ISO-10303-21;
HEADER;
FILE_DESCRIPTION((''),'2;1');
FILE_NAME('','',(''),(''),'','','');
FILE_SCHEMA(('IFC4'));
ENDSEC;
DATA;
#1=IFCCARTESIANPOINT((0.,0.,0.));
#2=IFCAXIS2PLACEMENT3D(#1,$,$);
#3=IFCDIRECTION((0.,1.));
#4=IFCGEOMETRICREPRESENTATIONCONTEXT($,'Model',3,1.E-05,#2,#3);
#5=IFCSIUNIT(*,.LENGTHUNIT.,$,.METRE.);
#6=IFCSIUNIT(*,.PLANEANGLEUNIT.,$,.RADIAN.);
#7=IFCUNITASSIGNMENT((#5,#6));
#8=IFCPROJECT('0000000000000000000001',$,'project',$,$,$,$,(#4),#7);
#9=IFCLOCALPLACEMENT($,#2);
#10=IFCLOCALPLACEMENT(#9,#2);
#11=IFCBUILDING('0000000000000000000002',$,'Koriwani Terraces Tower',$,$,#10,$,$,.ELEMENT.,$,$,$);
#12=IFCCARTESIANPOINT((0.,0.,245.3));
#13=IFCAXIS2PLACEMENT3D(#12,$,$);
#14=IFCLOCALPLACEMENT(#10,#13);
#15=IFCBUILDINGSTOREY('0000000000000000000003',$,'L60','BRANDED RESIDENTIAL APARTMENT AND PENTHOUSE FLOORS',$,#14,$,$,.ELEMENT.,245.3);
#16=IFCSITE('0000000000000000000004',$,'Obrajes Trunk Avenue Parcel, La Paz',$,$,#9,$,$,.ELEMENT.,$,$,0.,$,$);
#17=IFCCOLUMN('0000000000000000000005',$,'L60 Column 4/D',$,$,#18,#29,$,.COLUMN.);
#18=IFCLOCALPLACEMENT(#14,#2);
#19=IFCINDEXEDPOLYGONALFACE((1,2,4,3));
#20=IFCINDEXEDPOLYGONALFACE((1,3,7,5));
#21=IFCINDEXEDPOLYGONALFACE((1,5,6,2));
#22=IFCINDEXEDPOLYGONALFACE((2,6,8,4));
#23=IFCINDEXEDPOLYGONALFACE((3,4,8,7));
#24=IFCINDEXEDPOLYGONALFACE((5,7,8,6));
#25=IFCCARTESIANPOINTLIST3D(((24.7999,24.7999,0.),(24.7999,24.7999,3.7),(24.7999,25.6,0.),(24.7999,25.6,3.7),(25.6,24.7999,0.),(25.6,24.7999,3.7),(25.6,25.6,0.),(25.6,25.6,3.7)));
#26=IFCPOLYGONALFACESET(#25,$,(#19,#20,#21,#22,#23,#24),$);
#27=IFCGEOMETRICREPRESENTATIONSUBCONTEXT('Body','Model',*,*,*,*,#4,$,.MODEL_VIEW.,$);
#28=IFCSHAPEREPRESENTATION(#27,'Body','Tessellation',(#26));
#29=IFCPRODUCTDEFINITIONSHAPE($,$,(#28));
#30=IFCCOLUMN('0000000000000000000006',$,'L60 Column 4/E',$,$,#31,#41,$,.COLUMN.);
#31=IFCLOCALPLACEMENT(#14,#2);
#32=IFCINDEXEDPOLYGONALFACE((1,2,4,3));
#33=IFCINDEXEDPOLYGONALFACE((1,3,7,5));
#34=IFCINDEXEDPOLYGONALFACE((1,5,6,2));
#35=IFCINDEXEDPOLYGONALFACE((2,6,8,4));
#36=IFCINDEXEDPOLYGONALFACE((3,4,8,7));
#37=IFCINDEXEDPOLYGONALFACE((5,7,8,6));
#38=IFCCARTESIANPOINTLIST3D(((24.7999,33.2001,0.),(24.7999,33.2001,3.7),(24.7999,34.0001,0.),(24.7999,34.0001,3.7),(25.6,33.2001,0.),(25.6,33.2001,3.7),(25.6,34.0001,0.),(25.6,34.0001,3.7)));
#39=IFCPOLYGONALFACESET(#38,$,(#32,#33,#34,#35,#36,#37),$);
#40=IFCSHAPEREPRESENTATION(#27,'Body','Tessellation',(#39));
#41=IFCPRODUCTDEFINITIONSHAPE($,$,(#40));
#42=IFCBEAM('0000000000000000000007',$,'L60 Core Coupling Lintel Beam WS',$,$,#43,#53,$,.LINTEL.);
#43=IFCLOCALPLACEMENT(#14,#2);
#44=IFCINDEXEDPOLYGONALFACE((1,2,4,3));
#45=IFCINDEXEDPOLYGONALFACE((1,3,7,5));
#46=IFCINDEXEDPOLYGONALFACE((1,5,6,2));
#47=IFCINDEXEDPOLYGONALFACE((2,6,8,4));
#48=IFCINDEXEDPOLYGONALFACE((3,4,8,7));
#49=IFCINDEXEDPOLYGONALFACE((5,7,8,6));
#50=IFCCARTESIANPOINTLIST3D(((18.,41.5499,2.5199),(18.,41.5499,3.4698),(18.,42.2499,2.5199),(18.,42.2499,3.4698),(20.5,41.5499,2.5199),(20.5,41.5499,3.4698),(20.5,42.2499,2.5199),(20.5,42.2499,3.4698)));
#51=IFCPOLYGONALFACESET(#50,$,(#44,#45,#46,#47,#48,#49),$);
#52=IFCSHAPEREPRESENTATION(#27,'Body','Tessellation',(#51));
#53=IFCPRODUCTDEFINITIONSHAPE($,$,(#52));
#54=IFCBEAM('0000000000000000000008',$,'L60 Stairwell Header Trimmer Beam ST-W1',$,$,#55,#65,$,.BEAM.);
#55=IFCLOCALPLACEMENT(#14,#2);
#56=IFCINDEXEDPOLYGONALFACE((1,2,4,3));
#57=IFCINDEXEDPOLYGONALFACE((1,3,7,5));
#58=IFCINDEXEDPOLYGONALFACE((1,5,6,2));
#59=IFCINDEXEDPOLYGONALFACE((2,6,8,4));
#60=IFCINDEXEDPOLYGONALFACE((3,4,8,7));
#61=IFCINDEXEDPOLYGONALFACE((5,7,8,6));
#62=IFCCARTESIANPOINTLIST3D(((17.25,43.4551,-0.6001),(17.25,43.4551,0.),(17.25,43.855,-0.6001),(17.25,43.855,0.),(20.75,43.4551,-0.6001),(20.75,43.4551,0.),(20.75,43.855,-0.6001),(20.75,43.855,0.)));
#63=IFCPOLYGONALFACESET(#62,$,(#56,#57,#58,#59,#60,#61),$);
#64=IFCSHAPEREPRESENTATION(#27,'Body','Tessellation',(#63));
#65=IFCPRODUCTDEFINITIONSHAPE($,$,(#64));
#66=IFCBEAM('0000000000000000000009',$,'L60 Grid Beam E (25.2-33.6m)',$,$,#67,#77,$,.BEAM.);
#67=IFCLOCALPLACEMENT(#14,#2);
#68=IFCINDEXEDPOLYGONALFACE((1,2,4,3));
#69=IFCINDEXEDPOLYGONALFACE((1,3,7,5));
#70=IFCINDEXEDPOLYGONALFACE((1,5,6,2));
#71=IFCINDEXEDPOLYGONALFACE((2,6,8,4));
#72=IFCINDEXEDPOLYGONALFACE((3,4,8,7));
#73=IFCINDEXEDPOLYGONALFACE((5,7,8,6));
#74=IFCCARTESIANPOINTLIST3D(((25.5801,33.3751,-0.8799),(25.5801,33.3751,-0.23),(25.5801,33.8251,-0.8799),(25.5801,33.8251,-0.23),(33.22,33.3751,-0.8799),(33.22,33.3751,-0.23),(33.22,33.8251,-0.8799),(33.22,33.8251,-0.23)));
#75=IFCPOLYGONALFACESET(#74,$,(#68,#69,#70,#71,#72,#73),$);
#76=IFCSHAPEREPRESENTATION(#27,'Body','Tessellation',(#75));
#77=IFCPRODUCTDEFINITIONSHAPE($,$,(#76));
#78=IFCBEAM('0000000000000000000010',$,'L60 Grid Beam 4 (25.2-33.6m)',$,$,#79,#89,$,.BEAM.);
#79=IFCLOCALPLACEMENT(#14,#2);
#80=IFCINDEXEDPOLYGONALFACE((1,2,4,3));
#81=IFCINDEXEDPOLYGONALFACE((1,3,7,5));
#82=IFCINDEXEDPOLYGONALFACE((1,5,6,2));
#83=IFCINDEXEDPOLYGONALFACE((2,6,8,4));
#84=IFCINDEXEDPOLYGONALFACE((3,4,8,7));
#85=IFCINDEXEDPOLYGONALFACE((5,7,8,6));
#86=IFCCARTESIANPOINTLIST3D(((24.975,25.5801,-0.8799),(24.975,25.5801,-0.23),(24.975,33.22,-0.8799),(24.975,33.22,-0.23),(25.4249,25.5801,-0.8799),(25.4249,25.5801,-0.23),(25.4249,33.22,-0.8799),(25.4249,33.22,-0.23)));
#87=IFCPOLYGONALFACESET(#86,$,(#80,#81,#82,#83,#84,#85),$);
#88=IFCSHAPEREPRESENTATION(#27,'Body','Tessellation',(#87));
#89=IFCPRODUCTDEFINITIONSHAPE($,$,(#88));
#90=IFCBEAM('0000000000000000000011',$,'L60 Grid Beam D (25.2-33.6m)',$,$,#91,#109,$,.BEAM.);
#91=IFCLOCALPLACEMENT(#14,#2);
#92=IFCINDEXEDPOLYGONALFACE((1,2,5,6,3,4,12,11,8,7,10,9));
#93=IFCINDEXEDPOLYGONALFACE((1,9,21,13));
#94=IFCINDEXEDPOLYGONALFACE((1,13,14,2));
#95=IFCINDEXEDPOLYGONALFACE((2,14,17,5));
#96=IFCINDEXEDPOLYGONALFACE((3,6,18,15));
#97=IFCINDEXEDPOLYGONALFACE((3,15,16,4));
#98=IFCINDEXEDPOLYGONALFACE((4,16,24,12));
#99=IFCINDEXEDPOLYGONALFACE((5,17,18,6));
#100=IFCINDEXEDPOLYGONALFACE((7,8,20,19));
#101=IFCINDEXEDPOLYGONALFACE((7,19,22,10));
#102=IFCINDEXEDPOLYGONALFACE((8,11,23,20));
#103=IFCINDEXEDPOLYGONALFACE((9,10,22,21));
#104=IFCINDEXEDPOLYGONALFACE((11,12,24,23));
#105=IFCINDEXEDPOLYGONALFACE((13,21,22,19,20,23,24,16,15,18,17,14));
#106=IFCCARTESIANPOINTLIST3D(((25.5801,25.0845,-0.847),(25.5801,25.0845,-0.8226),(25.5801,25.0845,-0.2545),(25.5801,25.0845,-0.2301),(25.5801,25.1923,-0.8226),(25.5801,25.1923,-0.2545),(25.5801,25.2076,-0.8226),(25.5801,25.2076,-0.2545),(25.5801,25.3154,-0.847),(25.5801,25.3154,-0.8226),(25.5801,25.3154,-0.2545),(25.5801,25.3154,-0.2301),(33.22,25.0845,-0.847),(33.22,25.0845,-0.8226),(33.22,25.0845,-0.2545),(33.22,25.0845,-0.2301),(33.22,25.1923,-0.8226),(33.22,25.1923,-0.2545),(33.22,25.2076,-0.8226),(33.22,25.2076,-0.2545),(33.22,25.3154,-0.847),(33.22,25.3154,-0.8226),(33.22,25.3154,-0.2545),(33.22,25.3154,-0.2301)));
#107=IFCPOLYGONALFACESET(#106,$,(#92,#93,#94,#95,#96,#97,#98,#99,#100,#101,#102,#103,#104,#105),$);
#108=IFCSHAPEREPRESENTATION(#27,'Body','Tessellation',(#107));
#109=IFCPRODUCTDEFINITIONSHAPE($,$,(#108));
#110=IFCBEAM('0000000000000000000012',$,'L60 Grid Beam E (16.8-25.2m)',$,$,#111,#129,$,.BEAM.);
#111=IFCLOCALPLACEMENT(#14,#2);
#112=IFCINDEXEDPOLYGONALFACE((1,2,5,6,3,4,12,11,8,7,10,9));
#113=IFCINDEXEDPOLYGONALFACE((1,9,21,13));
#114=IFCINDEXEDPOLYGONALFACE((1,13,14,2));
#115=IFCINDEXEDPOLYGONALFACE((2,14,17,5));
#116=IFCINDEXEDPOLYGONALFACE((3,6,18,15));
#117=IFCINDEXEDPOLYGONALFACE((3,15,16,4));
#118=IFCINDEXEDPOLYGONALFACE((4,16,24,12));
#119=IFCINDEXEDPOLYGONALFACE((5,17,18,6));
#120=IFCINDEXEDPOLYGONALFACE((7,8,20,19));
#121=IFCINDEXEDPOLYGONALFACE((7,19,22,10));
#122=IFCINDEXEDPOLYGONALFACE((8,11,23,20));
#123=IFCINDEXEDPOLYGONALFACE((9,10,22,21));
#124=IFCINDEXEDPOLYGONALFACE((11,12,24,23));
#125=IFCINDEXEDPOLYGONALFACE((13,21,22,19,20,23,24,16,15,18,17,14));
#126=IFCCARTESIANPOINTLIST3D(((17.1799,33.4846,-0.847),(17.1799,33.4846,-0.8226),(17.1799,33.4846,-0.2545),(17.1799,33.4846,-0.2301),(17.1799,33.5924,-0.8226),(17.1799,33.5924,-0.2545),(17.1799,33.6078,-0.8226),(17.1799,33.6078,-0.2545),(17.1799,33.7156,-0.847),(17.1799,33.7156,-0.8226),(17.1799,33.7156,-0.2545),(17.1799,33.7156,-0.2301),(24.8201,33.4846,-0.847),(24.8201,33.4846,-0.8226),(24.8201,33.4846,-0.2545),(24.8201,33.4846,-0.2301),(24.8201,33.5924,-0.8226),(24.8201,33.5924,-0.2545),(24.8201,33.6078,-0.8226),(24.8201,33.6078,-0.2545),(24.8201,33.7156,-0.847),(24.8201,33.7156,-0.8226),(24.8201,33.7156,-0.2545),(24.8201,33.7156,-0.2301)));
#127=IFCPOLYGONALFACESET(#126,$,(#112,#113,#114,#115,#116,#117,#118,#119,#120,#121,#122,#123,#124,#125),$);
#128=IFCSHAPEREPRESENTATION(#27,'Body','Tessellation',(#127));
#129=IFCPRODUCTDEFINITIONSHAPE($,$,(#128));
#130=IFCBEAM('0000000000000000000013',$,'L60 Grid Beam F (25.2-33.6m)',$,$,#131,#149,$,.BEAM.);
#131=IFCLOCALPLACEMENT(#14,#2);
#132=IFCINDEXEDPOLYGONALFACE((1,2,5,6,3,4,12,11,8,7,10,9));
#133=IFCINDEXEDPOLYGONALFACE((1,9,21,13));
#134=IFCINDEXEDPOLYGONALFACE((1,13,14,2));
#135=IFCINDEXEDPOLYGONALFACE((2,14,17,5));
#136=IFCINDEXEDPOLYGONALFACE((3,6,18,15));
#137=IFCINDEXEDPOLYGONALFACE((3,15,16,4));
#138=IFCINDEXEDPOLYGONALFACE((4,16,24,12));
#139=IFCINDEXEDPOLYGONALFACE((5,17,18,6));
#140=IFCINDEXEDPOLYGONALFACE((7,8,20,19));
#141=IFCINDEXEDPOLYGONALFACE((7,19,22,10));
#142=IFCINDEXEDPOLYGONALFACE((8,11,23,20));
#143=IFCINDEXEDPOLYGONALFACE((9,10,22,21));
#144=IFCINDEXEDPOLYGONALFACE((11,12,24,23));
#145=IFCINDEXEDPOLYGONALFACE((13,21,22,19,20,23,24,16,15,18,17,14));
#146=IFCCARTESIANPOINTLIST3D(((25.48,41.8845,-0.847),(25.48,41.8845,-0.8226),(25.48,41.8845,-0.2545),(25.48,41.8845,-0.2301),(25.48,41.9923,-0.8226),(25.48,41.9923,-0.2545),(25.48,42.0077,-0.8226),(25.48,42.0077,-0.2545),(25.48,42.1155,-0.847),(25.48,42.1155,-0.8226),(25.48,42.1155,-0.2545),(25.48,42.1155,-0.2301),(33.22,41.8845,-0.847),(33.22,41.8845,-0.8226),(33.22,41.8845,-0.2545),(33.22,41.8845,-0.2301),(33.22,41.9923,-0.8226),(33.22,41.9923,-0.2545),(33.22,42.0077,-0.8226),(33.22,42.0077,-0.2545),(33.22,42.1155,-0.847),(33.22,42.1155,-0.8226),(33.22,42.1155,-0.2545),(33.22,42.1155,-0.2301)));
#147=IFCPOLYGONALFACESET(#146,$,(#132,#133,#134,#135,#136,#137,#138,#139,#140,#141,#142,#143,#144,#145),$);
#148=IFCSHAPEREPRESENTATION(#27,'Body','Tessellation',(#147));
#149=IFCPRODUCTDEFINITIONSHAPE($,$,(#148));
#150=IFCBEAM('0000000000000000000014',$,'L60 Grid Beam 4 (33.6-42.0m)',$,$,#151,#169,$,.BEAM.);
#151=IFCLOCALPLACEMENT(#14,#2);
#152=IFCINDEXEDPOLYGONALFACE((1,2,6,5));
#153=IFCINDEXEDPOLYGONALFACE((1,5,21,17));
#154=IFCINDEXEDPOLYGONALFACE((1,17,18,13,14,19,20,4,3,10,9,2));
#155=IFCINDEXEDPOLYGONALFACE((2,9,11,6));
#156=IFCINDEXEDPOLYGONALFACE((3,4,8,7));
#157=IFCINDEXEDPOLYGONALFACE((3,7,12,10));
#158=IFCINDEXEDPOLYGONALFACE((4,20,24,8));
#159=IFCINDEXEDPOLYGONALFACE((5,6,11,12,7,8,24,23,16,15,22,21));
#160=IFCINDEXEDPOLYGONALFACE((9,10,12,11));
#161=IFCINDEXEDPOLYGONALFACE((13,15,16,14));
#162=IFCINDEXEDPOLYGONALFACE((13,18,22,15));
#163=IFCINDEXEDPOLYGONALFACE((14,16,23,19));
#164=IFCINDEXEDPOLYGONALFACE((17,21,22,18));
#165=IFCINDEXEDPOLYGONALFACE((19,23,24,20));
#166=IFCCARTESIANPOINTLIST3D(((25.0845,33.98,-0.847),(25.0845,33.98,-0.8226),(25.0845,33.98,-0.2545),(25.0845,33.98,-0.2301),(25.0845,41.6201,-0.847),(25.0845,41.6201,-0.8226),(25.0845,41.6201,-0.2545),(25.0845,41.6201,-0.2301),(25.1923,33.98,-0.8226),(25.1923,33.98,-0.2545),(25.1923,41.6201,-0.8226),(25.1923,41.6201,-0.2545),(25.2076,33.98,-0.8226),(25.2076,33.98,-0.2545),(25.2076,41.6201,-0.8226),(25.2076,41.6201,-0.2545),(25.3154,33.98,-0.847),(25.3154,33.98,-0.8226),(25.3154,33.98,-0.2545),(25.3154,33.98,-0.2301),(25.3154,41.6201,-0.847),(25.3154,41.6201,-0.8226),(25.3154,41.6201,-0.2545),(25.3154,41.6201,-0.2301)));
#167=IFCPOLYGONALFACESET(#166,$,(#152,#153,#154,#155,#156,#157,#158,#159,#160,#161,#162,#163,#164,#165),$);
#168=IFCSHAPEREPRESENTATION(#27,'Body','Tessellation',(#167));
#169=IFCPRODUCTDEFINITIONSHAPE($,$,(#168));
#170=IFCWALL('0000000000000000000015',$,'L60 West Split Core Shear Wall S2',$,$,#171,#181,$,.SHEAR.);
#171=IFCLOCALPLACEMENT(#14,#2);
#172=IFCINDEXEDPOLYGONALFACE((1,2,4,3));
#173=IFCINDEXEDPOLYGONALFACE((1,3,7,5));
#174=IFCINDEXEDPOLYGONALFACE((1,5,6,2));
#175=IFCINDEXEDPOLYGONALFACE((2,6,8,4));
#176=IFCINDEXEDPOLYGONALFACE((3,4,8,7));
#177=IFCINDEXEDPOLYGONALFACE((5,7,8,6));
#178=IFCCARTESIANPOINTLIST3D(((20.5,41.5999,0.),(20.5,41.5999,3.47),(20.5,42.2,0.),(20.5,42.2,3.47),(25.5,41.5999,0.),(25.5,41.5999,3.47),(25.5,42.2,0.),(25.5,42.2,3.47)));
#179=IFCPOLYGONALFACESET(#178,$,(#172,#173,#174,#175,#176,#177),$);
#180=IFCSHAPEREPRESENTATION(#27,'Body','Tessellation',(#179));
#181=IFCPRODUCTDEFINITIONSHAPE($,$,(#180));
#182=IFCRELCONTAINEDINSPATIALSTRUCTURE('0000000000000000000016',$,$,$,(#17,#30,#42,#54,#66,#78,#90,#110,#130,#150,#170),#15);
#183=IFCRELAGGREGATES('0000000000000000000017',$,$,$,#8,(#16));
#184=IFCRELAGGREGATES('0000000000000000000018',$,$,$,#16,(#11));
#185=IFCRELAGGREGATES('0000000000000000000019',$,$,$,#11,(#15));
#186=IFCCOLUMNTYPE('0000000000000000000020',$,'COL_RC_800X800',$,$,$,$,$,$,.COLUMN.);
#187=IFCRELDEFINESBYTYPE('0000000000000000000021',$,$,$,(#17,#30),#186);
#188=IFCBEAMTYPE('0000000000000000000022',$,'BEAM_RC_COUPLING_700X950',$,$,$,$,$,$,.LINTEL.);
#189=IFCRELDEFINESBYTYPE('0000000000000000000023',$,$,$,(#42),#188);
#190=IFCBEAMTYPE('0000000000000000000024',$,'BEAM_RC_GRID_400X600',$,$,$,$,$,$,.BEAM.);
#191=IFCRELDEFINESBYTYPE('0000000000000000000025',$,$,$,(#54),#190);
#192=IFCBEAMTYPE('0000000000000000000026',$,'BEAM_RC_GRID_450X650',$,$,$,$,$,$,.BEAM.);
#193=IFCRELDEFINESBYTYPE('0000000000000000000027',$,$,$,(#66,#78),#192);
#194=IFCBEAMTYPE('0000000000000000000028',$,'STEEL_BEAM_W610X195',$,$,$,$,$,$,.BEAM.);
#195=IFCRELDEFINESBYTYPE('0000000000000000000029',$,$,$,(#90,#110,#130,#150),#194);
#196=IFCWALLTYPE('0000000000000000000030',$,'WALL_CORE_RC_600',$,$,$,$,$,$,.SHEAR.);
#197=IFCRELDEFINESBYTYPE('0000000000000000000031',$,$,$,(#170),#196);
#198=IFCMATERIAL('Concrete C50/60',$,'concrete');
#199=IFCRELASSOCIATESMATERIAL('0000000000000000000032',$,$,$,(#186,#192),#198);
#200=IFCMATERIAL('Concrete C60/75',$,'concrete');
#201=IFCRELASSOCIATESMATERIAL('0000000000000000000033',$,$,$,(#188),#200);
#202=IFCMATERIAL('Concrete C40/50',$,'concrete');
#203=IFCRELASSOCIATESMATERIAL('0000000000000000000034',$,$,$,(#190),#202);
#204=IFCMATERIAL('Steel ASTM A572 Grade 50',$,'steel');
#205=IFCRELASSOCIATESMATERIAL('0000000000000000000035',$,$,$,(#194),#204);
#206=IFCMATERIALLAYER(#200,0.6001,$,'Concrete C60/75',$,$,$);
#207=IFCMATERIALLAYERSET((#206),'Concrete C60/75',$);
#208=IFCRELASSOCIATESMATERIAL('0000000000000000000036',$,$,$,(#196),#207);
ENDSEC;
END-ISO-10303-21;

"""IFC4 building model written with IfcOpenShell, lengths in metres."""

from ifc_helpers import new_model, si_unit, direction, frame, frame_2d, origin, origin_2d, place, context, subcontext, project, spatial, rectangle, i_section, extrude, material, layer, layer_set, material_profile, profile_set, type_object, element, save


model = new_model("IFC4")

# Units and contexts
model_context = context("Model", 3, precision=1e-05, world=origin(), true_north=direction((0.0, 1.0)))
body_context = subcontext(model_context, "Body", "Model", "MODEL_VIEW")
ifc_project = project(units=[si_unit("LENGTHUNIT", "METRE"), si_unit("PLANEANGLEUNIT", "RADIAN")], contexts=[model_context])

# Site, building, storey
site_placement = place(None, origin())
site = spatial("IfcSite", under=ifc_project, at=site_placement, Name="Obrajes Trunk Avenue Parcel, La Paz", CompositionType="ELEMENT", RefElevation=0.0)
building_placement = place(site_placement, origin())
building = spatial("IfcBuilding", under=site, at=building_placement, Name="Koriwani Terraces Tower", CompositionType="ELEMENT")
storey_placement = place(building_placement, frame((0.0, 0.0, 245.3)))
storey = spatial("IfcBuildingStorey", under=building, at=storey_placement, Name="L60", Description="BRANDED RESIDENTIAL APARTMENT AND PENTHOUSE FLOORS", CompositionType="ELEMENT", Elevation=245.3)

# Columns
ifc_material_1 = material(Name="Concrete C50/60", Category="concrete")
ifc_material_profile_1 = material_profile(ifc_material_1, rectangle(XDim=0.8, YDim=0.8, at=origin_2d()), Name="Concrete C50/60", Category="LoadBearing")
ifc_profile_set_1 = profile_set([ifc_material_profile_1], Name="Concrete C50/60")
column_type = type_object("IfcColumnType", Name="COL_RC_800X800", PredefinedType="COLUMN", material=ifc_profile_set_1)
for number, where, z_axis, x_axis, name in (
    (1, (25.2, 25.2, 0.0), (0.0, 0.0, 1.0), (1.0, 0.0, 0.0), "L60 Column 4/D"),
    (2, (25.2, 33.6001, 0.0), (0.0, 0.0, 1.0), (1.0, 0.0, 0.0), "L60 Column 4/E"),
):
    element("IfcColumn", number, at=place(storey_placement, frame(where, z_axis=z_axis, x_axis=x_axis)), inside=storey, type_object=column_type, Name=name, PredefinedType="COLUMN", context=body_context, shape_type="SweptSolid", body=[
        extrude(rectangle(XDim=0.8, YDim=0.8, at=origin_2d()), origin(), (0.0, 0.0, 1.0), 3.7),
    ])

# Beams
ifc_material_2 = material(Name="Concrete C60/75", Category="concrete")
ifc_material_profile_2 = material_profile(ifc_material_2, rectangle(XDim=0.7, YDim=0.95, at=origin_2d()), Name="Concrete C60/75", Category="LoadBearing")
ifc_profile_set_2 = profile_set([ifc_material_profile_2], Name="Concrete C60/75")
beam_type_1 = type_object("IfcBeamType", Name="BEAM_RC_COUPLING_700X950", PredefinedType="LINTEL", material=ifc_profile_set_2)
beam_1_placement = place(storey_placement, frame((18.0, 41.8999, 2.9949), z_axis=(1.0, 0.0, 0.0), x_axis=(0.0, 1.0, 0.0)))
element("IfcBeam", 3, at=beam_1_placement, inside=storey, type_object=beam_type_1, Name="L60 Core Coupling Lintel Beam WS", PredefinedType="LINTEL", context=body_context, shape_type="SweptSolid", body=[
    extrude(rectangle(XDim=0.7, YDim=0.95, at=origin_2d()), origin(), (0.0, 0.0, 1.0), 2.5),
])
ifc_material_3 = material(Name="Concrete C40/50", Category="concrete")
ifc_material_profile_3 = material_profile(ifc_material_3, rectangle(XDim=0.3999, YDim=0.6001, at=origin_2d()), Name="Concrete C40/50", Category="LoadBearing")
ifc_profile_set_3 = profile_set([ifc_material_profile_3], Name="Concrete C40/50")
beam_type_2 = type_object("IfcBeamType", Name="BEAM_RC_GRID_400X600", PredefinedType="BEAM", material=ifc_profile_set_3)
beam_2_placement = place(storey_placement, frame((17.25, 43.655, -0.3), z_axis=(1.0, 0.0, 0.0), x_axis=(0.0, 1.0, 0.0)))
element("IfcBeam", 4, at=beam_2_placement, inside=storey, type_object=beam_type_2, Name="L60 Stairwell Header Trimmer Beam ST-W1", PredefinedType="BEAM", context=body_context, shape_type="SweptSolid", body=[
    extrude(rectangle(XDim=0.3999, YDim=0.6001, at=origin_2d()), origin(), (0.0, 0.0, 1.0), 3.5),
])
ifc_material_profile_4 = material_profile(ifc_material_1, rectangle(XDim=0.45, YDim=0.6499, at=origin_2d()), Name="Concrete C50/60", Category="LoadBearing")
ifc_profile_set_4 = profile_set([ifc_material_profile_4], Name="Concrete C50/60")
beam_type_3 = type_object("IfcBeamType", Name="BEAM_RC_GRID_450X650", PredefinedType="BEAM", material=ifc_profile_set_4)
for number, where, z_axis, x_axis, name in (
    (5, (25.5801, 33.6001, -0.5549), (1.0, 0.0, 0.0), (0.0, 1.0, 0.0), "L60 Grid Beam E (25.2-33.6m)"),
    (6, (25.2, 25.5801, -0.5549), (0.0, 1.0, 0.0), (-1.0, 0.0, 0.0), "L60 Grid Beam 4 (25.2-33.6m)"),
):
    element("IfcBeam", number, at=place(storey_placement, frame(where, z_axis=z_axis, x_axis=x_axis)), inside=storey, type_object=beam_type_3, Name=name, PredefinedType="BEAM", context=body_context, shape_type="SweptSolid", body=[
        extrude(rectangle(XDim=0.45, YDim=0.6499, at=origin_2d()), origin(), (0.0, 0.0, 1.0), 7.6399),
    ])
ifc_material_4 = material(Name="Steel ASTM A572 Grade 50", Category="steel")
ifc_material_profile_5 = material_profile(ifc_material_4, i_section(OverallWidth=0.231, OverallDepth=0.6169, WebThickness=0.0154, FlangeThickness=0.0244, at=origin_2d()), Name="Steel ASTM A572 Grade 50", Category="LoadBearing")
ifc_profile_set_5 = profile_set([ifc_material_profile_5], Name="Steel ASTM A572 Grade 50")
beam_type_4 = type_object("IfcBeamType", Name="STEEL_BEAM_W610X195", PredefinedType="BEAM", material=ifc_profile_set_5)
beam_3_placement = place(storey_placement, frame((25.5801, 25.2, -0.5386), z_axis=(1.0, 0.0, 0.0), x_axis=(0.0, 1.0, 0.0)))
element("IfcBeam", 7, at=beam_3_placement, inside=storey, type_object=beam_type_4, Name="L60 Grid Beam D (25.2-33.6m)", PredefinedType="BEAM", context=body_context, shape_type="SweptSolid", body=[
    extrude(i_section(OverallWidth=0.231, OverallDepth=0.6169, WebThickness=0.0154, FlangeThickness=0.0244, at=origin_2d()), origin(), (0.0, 0.0, 1.0), 7.6399),
])
beam_4_placement = place(storey_placement, frame((17.1799, 33.6001, -0.5386), z_axis=(1.0, 0.0, 0.0), x_axis=(0.0, 1.0, 0.0)))
element("IfcBeam", 8, at=beam_4_placement, inside=storey, type_object=beam_type_4, Name="L60 Grid Beam E (16.8-25.2m)", PredefinedType="BEAM", context=body_context, shape_type="SweptSolid", body=[
    extrude(i_section(OverallWidth=0.231, OverallDepth=0.6169, WebThickness=0.0154, FlangeThickness=0.0244, at=origin_2d()), origin(), (0.0, 0.0, 1.0), 7.6401),
])
beam_5_placement = place(storey_placement, frame((25.48, 42.0, -0.5386), z_axis=(1.0, 0.0, 0.0), x_axis=(0.0, 1.0, 0.0)))
element("IfcBeam", 9, at=beam_5_placement, inside=storey, type_object=beam_type_4, Name="L60 Grid Beam F (25.2-33.6m)", PredefinedType="BEAM", context=body_context, shape_type="SweptSolid", body=[
    extrude(i_section(OverallWidth=0.231, OverallDepth=0.6169, WebThickness=0.0154, FlangeThickness=0.0244, at=origin_2d()), origin(), (0.0, 0.0, 1.0), 7.74),
])
beam_6_placement = place(storey_placement, frame((25.2, 33.98, -0.5386), z_axis=(0.0, 1.0, 0.0), x_axis=(-1.0, 0.0, 0.0)))
element("IfcBeam", 10, at=beam_6_placement, inside=storey, type_object=beam_type_4, Name="L60 Grid Beam 4 (33.6-42.0m)", PredefinedType="BEAM", context=body_context, shape_type="SweptSolid", body=[
    extrude(i_section(OverallWidth=0.231, OverallDepth=0.6169, WebThickness=0.0154, FlangeThickness=0.0244, at=origin_2d()), origin(), (0.0, 0.0, 1.0), 7.6401),
])

# Wall
ifc_layer_1 = layer(ifc_material_2, 0.6001, Name="Concrete C60/75")
ifc_layer_set_1 = layer_set([ifc_layer_1], Name="Concrete C60/75")
wall_type_1 = type_object("IfcWallType", Name="WALL_CORE_RC_600", PredefinedType="SHEAR", material=ifc_layer_set_1)
wall_1_placement = place(storey_placement, frame((20.5, 41.8999, 0.0), z_axis=(0.0, 0.0, 1.0), x_axis=(1.0, 0.0, 0.0)))
element("IfcWall", 11, at=wall_1_placement, inside=storey, type_object=wall_type_1, Name="L60 West Split Core Shear Wall S2", PredefinedType="SHEAR", context=body_context, shape_type="SweptSolid", body=[
    extrude(rectangle(XDim=5.0, YDim=0.6001, at=frame_2d((2.5, 0.0))), origin(), (0.0, 0.0, 1.0), 3.47),
])

save(model, "model.ifc")
